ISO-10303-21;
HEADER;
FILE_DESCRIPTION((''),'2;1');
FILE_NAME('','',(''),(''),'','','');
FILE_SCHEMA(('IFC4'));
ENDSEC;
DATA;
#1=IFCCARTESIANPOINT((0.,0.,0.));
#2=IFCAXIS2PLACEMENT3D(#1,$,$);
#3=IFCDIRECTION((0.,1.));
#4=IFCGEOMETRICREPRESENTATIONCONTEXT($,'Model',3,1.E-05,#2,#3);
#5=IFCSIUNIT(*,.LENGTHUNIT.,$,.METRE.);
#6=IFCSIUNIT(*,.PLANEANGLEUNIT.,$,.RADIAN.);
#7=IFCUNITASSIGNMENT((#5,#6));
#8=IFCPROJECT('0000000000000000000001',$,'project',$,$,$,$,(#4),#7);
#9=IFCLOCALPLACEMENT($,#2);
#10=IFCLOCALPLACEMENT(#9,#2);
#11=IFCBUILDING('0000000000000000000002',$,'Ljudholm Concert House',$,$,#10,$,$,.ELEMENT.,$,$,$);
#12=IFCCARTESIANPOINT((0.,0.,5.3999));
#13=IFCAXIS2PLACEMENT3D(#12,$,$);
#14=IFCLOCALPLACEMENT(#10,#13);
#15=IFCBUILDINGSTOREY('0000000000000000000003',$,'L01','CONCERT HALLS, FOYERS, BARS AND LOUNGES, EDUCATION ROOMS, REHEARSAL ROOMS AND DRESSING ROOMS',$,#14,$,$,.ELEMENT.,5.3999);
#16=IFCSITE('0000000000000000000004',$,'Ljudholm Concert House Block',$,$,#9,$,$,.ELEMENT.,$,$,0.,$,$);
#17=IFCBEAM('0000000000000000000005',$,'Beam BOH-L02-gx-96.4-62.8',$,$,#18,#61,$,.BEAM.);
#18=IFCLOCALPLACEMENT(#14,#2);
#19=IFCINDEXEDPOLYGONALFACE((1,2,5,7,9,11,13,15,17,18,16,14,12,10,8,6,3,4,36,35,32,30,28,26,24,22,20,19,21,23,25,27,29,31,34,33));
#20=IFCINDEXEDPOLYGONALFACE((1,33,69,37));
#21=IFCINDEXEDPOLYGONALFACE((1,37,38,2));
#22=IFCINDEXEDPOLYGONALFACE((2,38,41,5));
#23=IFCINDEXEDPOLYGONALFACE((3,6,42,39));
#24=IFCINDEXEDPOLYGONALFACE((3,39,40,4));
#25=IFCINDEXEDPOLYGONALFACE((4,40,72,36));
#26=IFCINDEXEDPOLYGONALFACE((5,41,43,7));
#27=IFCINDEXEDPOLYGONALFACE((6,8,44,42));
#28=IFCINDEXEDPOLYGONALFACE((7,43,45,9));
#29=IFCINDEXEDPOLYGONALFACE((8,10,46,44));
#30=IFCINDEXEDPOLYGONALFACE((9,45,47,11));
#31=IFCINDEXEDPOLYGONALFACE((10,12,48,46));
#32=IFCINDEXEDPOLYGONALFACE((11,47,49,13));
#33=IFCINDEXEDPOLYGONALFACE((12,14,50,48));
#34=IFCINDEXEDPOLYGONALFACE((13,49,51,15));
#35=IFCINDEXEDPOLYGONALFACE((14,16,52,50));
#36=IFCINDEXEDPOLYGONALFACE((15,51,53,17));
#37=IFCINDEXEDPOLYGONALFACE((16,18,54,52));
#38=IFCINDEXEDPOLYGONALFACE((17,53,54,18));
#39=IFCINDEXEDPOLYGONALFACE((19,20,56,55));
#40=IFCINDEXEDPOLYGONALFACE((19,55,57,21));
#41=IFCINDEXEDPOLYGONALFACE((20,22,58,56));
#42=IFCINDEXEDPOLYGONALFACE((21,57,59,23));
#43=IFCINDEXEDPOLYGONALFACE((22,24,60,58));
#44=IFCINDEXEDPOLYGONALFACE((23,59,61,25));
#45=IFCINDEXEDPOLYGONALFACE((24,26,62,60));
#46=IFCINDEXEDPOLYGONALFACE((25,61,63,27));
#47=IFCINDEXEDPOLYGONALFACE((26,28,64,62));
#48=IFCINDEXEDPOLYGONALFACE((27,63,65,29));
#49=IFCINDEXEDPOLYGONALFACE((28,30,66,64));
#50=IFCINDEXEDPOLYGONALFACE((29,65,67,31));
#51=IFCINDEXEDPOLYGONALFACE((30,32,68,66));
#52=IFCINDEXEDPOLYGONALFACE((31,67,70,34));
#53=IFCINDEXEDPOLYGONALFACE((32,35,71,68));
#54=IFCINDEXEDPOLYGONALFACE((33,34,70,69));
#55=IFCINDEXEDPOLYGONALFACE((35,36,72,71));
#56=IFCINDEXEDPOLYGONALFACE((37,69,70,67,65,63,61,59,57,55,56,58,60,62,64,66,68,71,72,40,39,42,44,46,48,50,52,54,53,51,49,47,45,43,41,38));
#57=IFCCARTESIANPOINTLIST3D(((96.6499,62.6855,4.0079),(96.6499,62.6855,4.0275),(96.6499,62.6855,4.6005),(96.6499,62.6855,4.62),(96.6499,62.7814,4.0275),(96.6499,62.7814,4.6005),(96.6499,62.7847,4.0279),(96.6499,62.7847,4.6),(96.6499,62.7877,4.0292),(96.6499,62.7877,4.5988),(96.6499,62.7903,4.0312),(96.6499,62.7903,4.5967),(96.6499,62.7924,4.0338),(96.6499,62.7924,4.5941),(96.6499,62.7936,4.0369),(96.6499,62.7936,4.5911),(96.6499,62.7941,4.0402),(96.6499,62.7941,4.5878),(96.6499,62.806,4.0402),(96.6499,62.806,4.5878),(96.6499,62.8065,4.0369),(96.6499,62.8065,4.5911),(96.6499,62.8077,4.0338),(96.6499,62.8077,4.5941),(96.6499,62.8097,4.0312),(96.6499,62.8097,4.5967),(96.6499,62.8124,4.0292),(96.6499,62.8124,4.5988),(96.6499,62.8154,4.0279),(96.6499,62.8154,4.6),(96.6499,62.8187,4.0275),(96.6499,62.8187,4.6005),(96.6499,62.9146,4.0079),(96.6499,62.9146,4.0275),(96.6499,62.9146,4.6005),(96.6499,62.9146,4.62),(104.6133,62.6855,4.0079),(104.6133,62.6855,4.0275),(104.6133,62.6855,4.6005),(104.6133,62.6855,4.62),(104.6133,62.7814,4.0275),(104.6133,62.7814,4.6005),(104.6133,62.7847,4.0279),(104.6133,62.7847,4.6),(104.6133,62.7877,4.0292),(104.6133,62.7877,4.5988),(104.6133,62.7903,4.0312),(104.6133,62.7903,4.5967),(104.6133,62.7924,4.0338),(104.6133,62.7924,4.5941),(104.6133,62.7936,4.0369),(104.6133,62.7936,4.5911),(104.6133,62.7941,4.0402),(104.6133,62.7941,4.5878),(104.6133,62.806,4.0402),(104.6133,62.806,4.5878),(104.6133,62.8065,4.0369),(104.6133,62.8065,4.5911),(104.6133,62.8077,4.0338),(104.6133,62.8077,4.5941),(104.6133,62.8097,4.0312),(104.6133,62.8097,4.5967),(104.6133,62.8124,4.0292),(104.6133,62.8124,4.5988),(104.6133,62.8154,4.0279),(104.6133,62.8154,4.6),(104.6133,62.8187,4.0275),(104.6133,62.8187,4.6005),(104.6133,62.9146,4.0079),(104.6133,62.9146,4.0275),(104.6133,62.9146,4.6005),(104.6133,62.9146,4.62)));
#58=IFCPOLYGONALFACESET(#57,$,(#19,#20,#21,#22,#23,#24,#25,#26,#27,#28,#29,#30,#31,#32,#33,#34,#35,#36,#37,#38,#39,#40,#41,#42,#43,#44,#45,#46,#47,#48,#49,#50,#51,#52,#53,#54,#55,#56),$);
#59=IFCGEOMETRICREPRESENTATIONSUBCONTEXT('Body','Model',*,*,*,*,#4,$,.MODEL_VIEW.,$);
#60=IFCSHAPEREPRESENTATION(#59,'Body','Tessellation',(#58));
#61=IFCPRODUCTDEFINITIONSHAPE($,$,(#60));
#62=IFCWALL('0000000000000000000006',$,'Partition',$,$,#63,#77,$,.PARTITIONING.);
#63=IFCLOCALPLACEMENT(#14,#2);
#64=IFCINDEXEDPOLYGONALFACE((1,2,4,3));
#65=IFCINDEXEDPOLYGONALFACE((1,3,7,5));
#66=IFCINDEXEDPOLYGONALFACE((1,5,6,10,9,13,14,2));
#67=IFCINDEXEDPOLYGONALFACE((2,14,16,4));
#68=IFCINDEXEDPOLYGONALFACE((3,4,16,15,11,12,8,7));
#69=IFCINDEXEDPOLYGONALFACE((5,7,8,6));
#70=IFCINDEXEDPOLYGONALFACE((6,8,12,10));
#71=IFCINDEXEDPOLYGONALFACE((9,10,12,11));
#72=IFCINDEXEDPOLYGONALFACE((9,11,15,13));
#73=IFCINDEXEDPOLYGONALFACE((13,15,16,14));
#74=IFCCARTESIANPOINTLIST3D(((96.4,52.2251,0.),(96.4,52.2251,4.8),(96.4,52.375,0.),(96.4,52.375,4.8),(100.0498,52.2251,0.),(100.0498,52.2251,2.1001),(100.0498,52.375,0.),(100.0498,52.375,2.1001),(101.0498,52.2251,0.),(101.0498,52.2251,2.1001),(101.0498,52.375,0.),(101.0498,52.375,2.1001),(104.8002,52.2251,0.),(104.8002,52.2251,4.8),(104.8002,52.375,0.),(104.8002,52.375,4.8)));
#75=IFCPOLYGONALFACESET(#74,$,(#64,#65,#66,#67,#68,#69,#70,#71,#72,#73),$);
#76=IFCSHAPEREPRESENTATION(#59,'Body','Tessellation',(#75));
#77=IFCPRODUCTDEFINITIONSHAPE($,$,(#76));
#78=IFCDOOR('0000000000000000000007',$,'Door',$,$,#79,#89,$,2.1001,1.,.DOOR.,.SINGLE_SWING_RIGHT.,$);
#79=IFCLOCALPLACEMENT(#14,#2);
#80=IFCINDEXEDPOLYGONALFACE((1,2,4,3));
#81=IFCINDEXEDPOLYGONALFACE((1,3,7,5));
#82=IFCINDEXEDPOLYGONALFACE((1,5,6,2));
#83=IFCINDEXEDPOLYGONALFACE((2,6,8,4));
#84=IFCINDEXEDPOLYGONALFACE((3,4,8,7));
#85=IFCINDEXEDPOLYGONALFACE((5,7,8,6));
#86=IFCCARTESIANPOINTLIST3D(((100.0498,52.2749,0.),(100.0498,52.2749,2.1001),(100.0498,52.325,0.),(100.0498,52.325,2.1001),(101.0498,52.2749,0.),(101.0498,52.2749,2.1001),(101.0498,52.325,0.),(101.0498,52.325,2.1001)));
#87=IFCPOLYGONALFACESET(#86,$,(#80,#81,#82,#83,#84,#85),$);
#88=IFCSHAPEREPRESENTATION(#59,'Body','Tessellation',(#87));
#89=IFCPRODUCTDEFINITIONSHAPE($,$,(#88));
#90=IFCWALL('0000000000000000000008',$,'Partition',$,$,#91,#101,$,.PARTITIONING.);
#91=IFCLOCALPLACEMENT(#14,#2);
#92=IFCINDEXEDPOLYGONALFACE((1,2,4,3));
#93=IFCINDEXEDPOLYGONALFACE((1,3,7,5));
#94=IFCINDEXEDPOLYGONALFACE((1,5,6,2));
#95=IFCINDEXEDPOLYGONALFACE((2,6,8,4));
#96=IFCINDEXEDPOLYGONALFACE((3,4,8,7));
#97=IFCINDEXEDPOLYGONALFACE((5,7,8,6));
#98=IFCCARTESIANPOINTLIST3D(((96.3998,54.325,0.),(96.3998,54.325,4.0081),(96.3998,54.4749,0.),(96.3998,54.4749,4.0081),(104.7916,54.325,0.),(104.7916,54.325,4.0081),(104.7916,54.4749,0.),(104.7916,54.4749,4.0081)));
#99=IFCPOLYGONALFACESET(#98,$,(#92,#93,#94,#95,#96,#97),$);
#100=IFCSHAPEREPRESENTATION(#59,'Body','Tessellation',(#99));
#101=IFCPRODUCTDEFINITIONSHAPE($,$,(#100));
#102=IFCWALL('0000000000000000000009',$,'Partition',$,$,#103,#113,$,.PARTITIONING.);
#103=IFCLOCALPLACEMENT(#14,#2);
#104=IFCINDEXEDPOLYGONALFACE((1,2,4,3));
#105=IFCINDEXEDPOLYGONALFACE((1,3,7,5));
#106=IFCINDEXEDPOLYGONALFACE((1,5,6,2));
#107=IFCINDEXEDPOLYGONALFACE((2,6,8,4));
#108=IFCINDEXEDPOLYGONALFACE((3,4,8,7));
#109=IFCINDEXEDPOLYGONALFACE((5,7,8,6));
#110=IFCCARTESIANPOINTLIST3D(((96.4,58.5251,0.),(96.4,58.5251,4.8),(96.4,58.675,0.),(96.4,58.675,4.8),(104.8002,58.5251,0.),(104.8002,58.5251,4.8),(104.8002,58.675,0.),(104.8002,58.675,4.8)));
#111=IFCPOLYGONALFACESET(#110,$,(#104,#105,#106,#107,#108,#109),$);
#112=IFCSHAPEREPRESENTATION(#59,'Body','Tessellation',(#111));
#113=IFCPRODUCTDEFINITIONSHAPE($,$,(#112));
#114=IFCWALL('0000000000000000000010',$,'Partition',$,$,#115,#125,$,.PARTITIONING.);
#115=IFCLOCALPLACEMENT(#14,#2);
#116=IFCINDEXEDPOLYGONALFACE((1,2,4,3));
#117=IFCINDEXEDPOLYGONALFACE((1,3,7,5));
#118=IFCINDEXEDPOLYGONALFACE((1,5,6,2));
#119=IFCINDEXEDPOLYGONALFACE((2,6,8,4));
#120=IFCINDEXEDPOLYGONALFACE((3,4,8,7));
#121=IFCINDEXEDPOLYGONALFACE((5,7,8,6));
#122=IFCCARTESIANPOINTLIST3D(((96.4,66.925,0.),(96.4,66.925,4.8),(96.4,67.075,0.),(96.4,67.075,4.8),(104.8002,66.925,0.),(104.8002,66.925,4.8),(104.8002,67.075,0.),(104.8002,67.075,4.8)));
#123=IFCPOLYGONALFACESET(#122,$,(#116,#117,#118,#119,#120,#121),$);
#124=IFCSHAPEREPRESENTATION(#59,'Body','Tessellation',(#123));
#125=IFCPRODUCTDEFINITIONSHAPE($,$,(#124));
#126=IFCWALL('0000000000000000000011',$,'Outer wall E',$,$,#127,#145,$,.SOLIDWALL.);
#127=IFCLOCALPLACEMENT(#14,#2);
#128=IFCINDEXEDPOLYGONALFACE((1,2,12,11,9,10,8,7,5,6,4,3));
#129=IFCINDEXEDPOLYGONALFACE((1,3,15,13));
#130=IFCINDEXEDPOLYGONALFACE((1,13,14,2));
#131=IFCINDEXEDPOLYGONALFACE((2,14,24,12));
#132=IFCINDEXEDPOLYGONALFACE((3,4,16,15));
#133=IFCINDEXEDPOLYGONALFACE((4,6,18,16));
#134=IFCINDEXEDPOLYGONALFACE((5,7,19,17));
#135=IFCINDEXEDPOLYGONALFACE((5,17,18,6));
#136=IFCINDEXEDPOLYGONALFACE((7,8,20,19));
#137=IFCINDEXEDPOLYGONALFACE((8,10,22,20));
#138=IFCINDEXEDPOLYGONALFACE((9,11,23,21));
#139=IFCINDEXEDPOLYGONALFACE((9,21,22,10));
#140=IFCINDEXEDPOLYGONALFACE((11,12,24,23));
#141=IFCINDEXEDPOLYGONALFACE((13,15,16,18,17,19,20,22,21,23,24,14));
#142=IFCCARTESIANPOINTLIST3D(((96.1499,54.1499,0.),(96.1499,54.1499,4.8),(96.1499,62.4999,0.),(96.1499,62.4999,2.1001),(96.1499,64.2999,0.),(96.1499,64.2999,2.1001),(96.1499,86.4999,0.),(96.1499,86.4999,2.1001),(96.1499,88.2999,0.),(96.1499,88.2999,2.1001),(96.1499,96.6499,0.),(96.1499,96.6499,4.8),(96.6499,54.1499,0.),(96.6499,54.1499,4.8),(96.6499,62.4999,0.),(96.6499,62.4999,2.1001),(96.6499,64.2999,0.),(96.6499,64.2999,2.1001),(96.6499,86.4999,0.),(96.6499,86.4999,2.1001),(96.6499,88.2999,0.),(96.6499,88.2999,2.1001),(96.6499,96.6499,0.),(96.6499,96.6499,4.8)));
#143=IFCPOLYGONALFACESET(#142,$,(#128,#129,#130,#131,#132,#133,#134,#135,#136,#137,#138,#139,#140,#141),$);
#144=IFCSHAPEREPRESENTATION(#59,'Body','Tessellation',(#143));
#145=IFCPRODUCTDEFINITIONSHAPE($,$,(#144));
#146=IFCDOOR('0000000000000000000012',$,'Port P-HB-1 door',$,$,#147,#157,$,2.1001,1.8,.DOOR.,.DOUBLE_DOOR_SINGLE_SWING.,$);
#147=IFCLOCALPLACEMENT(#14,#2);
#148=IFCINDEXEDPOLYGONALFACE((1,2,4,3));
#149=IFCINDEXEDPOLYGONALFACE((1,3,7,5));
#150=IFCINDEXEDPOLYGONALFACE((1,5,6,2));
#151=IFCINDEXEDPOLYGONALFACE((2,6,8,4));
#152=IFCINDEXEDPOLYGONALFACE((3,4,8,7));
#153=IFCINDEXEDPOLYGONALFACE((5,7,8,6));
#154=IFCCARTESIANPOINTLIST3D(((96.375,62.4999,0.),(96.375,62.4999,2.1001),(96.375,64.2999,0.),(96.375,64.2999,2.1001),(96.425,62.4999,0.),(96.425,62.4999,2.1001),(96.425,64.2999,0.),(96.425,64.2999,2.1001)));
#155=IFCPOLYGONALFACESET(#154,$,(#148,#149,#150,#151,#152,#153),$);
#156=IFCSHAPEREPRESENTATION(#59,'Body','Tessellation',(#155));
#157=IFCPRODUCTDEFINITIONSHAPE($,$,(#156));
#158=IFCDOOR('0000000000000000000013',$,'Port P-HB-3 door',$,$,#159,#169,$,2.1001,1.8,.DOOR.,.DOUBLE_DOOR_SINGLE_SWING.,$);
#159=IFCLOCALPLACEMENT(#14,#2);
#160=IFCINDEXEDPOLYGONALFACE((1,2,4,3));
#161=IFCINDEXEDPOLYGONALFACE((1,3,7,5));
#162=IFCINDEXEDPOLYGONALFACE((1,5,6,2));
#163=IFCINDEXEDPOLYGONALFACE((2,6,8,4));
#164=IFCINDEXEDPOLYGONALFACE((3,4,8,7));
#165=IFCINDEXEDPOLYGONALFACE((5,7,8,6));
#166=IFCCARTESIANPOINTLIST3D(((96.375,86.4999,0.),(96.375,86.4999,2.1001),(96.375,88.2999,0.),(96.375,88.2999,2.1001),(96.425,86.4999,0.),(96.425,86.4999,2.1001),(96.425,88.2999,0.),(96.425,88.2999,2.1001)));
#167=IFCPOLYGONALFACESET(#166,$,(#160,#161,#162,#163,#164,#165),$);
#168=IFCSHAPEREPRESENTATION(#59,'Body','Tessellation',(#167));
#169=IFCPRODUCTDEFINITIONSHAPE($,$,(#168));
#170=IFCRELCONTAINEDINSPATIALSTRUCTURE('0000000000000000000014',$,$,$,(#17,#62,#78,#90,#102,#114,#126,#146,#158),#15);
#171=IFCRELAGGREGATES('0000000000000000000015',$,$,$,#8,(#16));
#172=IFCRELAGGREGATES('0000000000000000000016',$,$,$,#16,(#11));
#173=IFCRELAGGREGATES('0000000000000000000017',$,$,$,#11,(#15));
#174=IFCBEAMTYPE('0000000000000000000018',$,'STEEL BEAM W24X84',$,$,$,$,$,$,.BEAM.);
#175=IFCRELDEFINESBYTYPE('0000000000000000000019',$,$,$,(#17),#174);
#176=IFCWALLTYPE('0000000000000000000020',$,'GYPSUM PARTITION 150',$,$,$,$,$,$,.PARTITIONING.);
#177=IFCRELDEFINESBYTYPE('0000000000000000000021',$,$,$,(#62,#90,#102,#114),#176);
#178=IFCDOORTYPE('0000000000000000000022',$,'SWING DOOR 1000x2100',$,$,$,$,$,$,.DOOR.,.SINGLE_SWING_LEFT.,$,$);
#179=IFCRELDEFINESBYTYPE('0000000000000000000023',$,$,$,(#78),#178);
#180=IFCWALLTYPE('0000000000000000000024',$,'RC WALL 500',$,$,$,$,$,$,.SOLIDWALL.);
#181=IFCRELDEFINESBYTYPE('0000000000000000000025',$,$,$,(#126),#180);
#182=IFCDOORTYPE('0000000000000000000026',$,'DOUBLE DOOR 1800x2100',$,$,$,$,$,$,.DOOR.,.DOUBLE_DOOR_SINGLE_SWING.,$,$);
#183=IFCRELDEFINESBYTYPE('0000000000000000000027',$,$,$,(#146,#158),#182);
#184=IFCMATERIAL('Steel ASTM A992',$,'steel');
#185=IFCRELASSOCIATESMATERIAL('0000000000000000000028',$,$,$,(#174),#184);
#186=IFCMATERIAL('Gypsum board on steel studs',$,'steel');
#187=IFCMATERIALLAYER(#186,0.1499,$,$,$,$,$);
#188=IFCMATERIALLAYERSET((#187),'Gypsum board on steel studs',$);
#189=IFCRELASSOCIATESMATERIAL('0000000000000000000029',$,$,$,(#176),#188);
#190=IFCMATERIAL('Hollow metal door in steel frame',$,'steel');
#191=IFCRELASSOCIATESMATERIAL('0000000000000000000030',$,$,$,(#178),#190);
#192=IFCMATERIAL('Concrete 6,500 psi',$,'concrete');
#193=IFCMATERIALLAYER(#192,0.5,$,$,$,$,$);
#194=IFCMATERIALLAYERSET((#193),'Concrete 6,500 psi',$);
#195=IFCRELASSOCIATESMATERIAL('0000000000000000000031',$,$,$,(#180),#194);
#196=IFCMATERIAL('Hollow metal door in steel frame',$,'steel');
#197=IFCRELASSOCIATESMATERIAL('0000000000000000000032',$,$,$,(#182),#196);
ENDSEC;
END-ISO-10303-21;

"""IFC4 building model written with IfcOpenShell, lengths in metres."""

from ifc_helpers import new_model, si_unit, direction, frame, frame_2d, origin, origin_2d, place, context, subcontext, project, spatial, rectangle, i_section, extrude, material, layer, layer_set, material_profile, profile_set, type_object, element, fill, save


model = new_model("IFC4")

# Units and contexts
model_context = context("Model", 3, precision=1e-05, world=origin(), true_north=direction((0.0, 1.0)))
body_context = subcontext(model_context, "Body", "Model", "MODEL_VIEW")
ifc_project = project(units=[si_unit("LENGTHUNIT", "METRE"), si_unit("PLANEANGLEUNIT", "RADIAN")], contexts=[model_context])

# Site, building, storey
site_placement = place(None, origin())
site = spatial("IfcSite", under=ifc_project, at=site_placement, Name="Ljudholm Concert House Block", CompositionType="ELEMENT", RefElevation=0.0)
building_placement = place(site_placement, origin())
building = spatial("IfcBuilding", under=site, at=building_placement, Name="Ljudholm Concert House", CompositionType="ELEMENT")
storey_placement = place(building_placement, frame((0.0, 0.0, 5.3999)))
storey = spatial("IfcBuildingStorey", under=building, at=storey_placement, Name="L01", Description="CONCERT HALLS, FOYERS, BARS AND LOUNGES, EDUCATION ROOMS, REHEARSAL ROOMS AND DRESSING ROOMS", CompositionType="ELEMENT", Elevation=5.3999)

# Beam
ifc_material_1 = material(Name="Steel ASTM A992", Category="steel")
ifc_material_profile_1 = material_profile(ifc_material_1, i_section(OverallWidth=0.229, OverallDepth=0.6121, WebThickness=0.012, FlangeThickness=0.0195, FilletRadius=0.0127, at=origin_2d()), Name="W24X84")
ifc_profile_set_1 = profile_set([ifc_material_profile_1], Name="Steel ASTM A992")
beam_type_1 = type_object("IfcBeamType", Name="STEEL BEAM W24X84", PredefinedType="BEAM", material=ifc_profile_set_1)
beam_1_placement = place(storey_placement, frame((96.6499, 62.8, 4.314), z_axis=(1.0, 0.0, 0.0), x_axis=(0.0, 1.0, 0.0)))
element("IfcBeam", 1, at=beam_1_placement, inside=storey, type_object=beam_type_1, Name="Beam BOH-L02-gx-96.4-62.8", PredefinedType="BEAM", context=body_context, shape_type="SweptSolid", body=[
    extrude(i_section(OverallWidth=0.229, OverallDepth=0.6121, WebThickness=0.012, FlangeThickness=0.0195, FilletRadius=0.0127, at=origin_2d()), origin(), (0.0, 0.0, 1.0), 7.9634),
])

# Wall, opening, door
ifc_material_2 = material(Name="Gypsum board on steel studs", Category="steel")
ifc_layer_1 = layer(ifc_material_2, 0.1499)
ifc_layer_set_1 = layer_set([ifc_layer_1], Name="Gypsum board on steel studs")
wall_type_1 = type_object("IfcWallType", Name="GYPSUM PARTITION 150", PredefinedType="PARTITIONING", material=ifc_layer_set_1)
wall_1_placement = place(storey_placement, frame((96.3999, 52.3, 0.0), z_axis=(0.0, 0.0, 1.0), x_axis=(1.0, 0.0, 0.0)))
wall_1 = element("IfcWall", 2, at=wall_1_placement, inside=storey, type_object=wall_type_1, Name="Partition", PredefinedType="PARTITIONING", context=body_context, shape_type="SweptSolid", body=[
    extrude(rectangle(XDim=8.4001, YDim=0.1499, at=frame_2d((4.2002, 0.0))), origin(), (0.0, 0.0, 1.0), 4.8),
])
opening_1_placement = place(wall_1_placement, frame((3.6499, 0.0, 0.0)))
opening_1 = element("IfcOpeningElement", 3, at=opening_1_placement, cuts=wall_1, PredefinedType="OPENING", context=body_context, shape_type="SweptSolid", body=[
    extrude(rectangle(XDim=1.0, YDim=2.1001, at=frame_2d((0.5, 1.05))), frame((0.0, 0.085, 0.0), z_axis=(0.0, -1.0, 0.0), x_axis=(1.0, 0.0, 0.0)), (0.0, 0.0, 1.0), 0.1699),
])
ifc_material_3 = material(Name="Hollow metal door in steel frame", Category="steel")
door_type_1 = type_object("IfcDoorType", Name="SWING DOOR 1000x2100", OperationType="SINGLE_SWING_LEFT", PredefinedType="DOOR", material=ifc_material_3)
door_1_placement = place(opening_1_placement, origin())
door_1 = element("IfcDoor", 4, at=door_1_placement, inside=storey, type_object=door_type_1, Name="Door", OperationType="SINGLE_SWING_RIGHT", OverallHeight=2.1001, OverallWidth=1.0, PredefinedType="DOOR", context=body_context, shape_type="SweptSolid", body=[
    extrude(rectangle(XDim=1.0, YDim=2.1001, at=frame_2d((0.5, 1.05))), frame((0.0, 0.0249, 0.0), z_axis=(0.0, -1.0, 0.0), x_axis=(1.0, 0.0, 0.0)), (0.0, 0.0, 1.0), 0.05),
])
fill(opening_1, door_1)

# Walls
wall_2_placement = place(storey_placement, frame((96.3999, 54.3999, 0.0), z_axis=(0.0, 0.0, 1.0), x_axis=(1.0, 0.0, 0.0)))
element("IfcWall", 5, at=wall_2_placement, inside=storey, type_object=wall_type_1, Name="Partition", PredefinedType="PARTITIONING", context=body_context, shape_type="SweptSolid", body=[
    extrude(rectangle(XDim=8.3918, YDim=0.1499, at=frame_2d((4.1958, 0.0))), origin(), (0.0, 0.0, 1.0), 4.0081),
])
for number, where, z_axis, x_axis, name in (
    (6, (96.3999, 58.6001, 0.0), (0.0, 0.0, 1.0), (1.0, 0.0, 0.0), "Partition"),
    (7, (96.3999, 67.0, 0.0), (0.0, 0.0, 1.0), (1.0, 0.0, 0.0), "Partition"),
):
    element("IfcWall", number, at=place(storey_placement, frame(where, z_axis=z_axis, x_axis=x_axis)), inside=storey, type_object=wall_type_1, Name=name, PredefinedType="PARTITIONING", context=body_context, shape_type="SweptSolid", body=[
        extrude(rectangle(XDim=8.4001, YDim=0.1499, at=frame_2d((4.2002, 0.0))), origin(), (0.0, 0.0, 1.0), 4.8),
    ])

# Wall, openings, doors
ifc_material_4 = material(Name="Concrete 6,500 psi", Category="concrete")
ifc_layer_2 = layer(ifc_material_4, 0.5)
ifc_layer_set_2 = layer_set([ifc_layer_2], Name="Concrete 6,500 psi")
wall_type_2 = type_object("IfcWallType", Name="RC WALL 500", PredefinedType="SOLIDWALL", material=ifc_layer_set_2)
wall_3_placement = place(storey_placement, frame((96.3999, 54.1499, 0.0), z_axis=(0.0, 0.0, 1.0), x_axis=(0.0, 1.0, 0.0)))
wall_3 = element("IfcWall", 8, at=wall_3_placement, inside=storey, type_object=wall_type_2, Name="Outer wall E", PredefinedType="SOLIDWALL", context=body_context, shape_type="SweptSolid", body=[
    extrude(rectangle(XDim=42.5, YDim=0.5, at=frame_2d((21.25, 0.0))), origin(), (0.0, 0.0, 1.0), 4.8),
])
opening_2_placement = place(wall_3_placement, frame((8.3501, 0.0, 0.0)))
opening_2 = element("IfcOpeningElement", 9, at=opening_2_placement, cuts=wall_3, PredefinedType="OPENING", context=body_context, shape_type="SweptSolid", body=[
    extrude(rectangle(XDim=1.8, YDim=2.1001, at=frame_2d((0.8999, 1.05))), frame((0.0, 0.26, 0.0), z_axis=(0.0, -1.0, 0.0), x_axis=(1.0, 0.0, 0.0)), (0.0, 0.0, 1.0), 0.52),
])
opening_3_placement = place(wall_3_placement, frame((32.3501, 0.0, 0.0)))
opening_3 = element("IfcOpeningElement", 10, at=opening_3_placement, cuts=wall_3, PredefinedType="OPENING", context=body_context, shape_type="SweptSolid", body=[
    extrude(rectangle(XDim=1.8, YDim=2.1001, at=frame_2d((0.8999, 1.05))), frame((0.0, 0.26, 0.0), z_axis=(0.0, -1.0, 0.0), x_axis=(1.0, 0.0, 0.0)), (0.0, 0.0, 1.0), 0.52),
])
ifc_material_5 = material(Name="Hollow metal door in steel frame", Category="steel")
door_type_2 = type_object("IfcDoorType", Name="DOUBLE DOOR 1800x2100", OperationType="DOUBLE_DOOR_SINGLE_SWING", PredefinedType="DOOR", material=ifc_material_5)
door_2_placement = place(opening_2_placement, origin())
door_2 = element("IfcDoor", 11, at=door_2_placement, inside=storey, type_object=door_type_2, Name="Port P-HB-1 door", OperationType="DOUBLE_DOOR_SINGLE_SWING", OverallHeight=2.1001, OverallWidth=1.8, PredefinedType="DOOR", context=body_context, shape_type="SweptSolid", body=[
    extrude(rectangle(XDim=1.8, YDim=2.1001, at=frame_2d((0.8999, 1.05))), frame((0.0, 0.0249, 0.0), z_axis=(0.0, -1.0, 0.0), x_axis=(1.0, 0.0, 0.0)), (0.0, 0.0, 1.0), 0.05),
])
fill(opening_2, door_2)
door_3_placement = place(opening_3_placement, origin())
door_3 = element("IfcDoor", 12, at=door_3_placement, inside=storey, type_object=door_type_2, Name="Port P-HB-3 door", OperationType="DOUBLE_DOOR_SINGLE_SWING", OverallHeight=2.1001, OverallWidth=1.8, PredefinedType="DOOR", context=body_context, shape_type="SweptSolid", body=[
    extrude(rectangle(XDim=1.8, YDim=2.1001, at=frame_2d((0.8999, 1.05))), frame((0.0, 0.0249, 0.0), z_axis=(0.0, -1.0, 0.0), x_axis=(1.0, 0.0, 0.0)), (0.0, 0.0, 1.0), 0.05),
])
fill(opening_3, door_3)

save(model, "model.ifc")
